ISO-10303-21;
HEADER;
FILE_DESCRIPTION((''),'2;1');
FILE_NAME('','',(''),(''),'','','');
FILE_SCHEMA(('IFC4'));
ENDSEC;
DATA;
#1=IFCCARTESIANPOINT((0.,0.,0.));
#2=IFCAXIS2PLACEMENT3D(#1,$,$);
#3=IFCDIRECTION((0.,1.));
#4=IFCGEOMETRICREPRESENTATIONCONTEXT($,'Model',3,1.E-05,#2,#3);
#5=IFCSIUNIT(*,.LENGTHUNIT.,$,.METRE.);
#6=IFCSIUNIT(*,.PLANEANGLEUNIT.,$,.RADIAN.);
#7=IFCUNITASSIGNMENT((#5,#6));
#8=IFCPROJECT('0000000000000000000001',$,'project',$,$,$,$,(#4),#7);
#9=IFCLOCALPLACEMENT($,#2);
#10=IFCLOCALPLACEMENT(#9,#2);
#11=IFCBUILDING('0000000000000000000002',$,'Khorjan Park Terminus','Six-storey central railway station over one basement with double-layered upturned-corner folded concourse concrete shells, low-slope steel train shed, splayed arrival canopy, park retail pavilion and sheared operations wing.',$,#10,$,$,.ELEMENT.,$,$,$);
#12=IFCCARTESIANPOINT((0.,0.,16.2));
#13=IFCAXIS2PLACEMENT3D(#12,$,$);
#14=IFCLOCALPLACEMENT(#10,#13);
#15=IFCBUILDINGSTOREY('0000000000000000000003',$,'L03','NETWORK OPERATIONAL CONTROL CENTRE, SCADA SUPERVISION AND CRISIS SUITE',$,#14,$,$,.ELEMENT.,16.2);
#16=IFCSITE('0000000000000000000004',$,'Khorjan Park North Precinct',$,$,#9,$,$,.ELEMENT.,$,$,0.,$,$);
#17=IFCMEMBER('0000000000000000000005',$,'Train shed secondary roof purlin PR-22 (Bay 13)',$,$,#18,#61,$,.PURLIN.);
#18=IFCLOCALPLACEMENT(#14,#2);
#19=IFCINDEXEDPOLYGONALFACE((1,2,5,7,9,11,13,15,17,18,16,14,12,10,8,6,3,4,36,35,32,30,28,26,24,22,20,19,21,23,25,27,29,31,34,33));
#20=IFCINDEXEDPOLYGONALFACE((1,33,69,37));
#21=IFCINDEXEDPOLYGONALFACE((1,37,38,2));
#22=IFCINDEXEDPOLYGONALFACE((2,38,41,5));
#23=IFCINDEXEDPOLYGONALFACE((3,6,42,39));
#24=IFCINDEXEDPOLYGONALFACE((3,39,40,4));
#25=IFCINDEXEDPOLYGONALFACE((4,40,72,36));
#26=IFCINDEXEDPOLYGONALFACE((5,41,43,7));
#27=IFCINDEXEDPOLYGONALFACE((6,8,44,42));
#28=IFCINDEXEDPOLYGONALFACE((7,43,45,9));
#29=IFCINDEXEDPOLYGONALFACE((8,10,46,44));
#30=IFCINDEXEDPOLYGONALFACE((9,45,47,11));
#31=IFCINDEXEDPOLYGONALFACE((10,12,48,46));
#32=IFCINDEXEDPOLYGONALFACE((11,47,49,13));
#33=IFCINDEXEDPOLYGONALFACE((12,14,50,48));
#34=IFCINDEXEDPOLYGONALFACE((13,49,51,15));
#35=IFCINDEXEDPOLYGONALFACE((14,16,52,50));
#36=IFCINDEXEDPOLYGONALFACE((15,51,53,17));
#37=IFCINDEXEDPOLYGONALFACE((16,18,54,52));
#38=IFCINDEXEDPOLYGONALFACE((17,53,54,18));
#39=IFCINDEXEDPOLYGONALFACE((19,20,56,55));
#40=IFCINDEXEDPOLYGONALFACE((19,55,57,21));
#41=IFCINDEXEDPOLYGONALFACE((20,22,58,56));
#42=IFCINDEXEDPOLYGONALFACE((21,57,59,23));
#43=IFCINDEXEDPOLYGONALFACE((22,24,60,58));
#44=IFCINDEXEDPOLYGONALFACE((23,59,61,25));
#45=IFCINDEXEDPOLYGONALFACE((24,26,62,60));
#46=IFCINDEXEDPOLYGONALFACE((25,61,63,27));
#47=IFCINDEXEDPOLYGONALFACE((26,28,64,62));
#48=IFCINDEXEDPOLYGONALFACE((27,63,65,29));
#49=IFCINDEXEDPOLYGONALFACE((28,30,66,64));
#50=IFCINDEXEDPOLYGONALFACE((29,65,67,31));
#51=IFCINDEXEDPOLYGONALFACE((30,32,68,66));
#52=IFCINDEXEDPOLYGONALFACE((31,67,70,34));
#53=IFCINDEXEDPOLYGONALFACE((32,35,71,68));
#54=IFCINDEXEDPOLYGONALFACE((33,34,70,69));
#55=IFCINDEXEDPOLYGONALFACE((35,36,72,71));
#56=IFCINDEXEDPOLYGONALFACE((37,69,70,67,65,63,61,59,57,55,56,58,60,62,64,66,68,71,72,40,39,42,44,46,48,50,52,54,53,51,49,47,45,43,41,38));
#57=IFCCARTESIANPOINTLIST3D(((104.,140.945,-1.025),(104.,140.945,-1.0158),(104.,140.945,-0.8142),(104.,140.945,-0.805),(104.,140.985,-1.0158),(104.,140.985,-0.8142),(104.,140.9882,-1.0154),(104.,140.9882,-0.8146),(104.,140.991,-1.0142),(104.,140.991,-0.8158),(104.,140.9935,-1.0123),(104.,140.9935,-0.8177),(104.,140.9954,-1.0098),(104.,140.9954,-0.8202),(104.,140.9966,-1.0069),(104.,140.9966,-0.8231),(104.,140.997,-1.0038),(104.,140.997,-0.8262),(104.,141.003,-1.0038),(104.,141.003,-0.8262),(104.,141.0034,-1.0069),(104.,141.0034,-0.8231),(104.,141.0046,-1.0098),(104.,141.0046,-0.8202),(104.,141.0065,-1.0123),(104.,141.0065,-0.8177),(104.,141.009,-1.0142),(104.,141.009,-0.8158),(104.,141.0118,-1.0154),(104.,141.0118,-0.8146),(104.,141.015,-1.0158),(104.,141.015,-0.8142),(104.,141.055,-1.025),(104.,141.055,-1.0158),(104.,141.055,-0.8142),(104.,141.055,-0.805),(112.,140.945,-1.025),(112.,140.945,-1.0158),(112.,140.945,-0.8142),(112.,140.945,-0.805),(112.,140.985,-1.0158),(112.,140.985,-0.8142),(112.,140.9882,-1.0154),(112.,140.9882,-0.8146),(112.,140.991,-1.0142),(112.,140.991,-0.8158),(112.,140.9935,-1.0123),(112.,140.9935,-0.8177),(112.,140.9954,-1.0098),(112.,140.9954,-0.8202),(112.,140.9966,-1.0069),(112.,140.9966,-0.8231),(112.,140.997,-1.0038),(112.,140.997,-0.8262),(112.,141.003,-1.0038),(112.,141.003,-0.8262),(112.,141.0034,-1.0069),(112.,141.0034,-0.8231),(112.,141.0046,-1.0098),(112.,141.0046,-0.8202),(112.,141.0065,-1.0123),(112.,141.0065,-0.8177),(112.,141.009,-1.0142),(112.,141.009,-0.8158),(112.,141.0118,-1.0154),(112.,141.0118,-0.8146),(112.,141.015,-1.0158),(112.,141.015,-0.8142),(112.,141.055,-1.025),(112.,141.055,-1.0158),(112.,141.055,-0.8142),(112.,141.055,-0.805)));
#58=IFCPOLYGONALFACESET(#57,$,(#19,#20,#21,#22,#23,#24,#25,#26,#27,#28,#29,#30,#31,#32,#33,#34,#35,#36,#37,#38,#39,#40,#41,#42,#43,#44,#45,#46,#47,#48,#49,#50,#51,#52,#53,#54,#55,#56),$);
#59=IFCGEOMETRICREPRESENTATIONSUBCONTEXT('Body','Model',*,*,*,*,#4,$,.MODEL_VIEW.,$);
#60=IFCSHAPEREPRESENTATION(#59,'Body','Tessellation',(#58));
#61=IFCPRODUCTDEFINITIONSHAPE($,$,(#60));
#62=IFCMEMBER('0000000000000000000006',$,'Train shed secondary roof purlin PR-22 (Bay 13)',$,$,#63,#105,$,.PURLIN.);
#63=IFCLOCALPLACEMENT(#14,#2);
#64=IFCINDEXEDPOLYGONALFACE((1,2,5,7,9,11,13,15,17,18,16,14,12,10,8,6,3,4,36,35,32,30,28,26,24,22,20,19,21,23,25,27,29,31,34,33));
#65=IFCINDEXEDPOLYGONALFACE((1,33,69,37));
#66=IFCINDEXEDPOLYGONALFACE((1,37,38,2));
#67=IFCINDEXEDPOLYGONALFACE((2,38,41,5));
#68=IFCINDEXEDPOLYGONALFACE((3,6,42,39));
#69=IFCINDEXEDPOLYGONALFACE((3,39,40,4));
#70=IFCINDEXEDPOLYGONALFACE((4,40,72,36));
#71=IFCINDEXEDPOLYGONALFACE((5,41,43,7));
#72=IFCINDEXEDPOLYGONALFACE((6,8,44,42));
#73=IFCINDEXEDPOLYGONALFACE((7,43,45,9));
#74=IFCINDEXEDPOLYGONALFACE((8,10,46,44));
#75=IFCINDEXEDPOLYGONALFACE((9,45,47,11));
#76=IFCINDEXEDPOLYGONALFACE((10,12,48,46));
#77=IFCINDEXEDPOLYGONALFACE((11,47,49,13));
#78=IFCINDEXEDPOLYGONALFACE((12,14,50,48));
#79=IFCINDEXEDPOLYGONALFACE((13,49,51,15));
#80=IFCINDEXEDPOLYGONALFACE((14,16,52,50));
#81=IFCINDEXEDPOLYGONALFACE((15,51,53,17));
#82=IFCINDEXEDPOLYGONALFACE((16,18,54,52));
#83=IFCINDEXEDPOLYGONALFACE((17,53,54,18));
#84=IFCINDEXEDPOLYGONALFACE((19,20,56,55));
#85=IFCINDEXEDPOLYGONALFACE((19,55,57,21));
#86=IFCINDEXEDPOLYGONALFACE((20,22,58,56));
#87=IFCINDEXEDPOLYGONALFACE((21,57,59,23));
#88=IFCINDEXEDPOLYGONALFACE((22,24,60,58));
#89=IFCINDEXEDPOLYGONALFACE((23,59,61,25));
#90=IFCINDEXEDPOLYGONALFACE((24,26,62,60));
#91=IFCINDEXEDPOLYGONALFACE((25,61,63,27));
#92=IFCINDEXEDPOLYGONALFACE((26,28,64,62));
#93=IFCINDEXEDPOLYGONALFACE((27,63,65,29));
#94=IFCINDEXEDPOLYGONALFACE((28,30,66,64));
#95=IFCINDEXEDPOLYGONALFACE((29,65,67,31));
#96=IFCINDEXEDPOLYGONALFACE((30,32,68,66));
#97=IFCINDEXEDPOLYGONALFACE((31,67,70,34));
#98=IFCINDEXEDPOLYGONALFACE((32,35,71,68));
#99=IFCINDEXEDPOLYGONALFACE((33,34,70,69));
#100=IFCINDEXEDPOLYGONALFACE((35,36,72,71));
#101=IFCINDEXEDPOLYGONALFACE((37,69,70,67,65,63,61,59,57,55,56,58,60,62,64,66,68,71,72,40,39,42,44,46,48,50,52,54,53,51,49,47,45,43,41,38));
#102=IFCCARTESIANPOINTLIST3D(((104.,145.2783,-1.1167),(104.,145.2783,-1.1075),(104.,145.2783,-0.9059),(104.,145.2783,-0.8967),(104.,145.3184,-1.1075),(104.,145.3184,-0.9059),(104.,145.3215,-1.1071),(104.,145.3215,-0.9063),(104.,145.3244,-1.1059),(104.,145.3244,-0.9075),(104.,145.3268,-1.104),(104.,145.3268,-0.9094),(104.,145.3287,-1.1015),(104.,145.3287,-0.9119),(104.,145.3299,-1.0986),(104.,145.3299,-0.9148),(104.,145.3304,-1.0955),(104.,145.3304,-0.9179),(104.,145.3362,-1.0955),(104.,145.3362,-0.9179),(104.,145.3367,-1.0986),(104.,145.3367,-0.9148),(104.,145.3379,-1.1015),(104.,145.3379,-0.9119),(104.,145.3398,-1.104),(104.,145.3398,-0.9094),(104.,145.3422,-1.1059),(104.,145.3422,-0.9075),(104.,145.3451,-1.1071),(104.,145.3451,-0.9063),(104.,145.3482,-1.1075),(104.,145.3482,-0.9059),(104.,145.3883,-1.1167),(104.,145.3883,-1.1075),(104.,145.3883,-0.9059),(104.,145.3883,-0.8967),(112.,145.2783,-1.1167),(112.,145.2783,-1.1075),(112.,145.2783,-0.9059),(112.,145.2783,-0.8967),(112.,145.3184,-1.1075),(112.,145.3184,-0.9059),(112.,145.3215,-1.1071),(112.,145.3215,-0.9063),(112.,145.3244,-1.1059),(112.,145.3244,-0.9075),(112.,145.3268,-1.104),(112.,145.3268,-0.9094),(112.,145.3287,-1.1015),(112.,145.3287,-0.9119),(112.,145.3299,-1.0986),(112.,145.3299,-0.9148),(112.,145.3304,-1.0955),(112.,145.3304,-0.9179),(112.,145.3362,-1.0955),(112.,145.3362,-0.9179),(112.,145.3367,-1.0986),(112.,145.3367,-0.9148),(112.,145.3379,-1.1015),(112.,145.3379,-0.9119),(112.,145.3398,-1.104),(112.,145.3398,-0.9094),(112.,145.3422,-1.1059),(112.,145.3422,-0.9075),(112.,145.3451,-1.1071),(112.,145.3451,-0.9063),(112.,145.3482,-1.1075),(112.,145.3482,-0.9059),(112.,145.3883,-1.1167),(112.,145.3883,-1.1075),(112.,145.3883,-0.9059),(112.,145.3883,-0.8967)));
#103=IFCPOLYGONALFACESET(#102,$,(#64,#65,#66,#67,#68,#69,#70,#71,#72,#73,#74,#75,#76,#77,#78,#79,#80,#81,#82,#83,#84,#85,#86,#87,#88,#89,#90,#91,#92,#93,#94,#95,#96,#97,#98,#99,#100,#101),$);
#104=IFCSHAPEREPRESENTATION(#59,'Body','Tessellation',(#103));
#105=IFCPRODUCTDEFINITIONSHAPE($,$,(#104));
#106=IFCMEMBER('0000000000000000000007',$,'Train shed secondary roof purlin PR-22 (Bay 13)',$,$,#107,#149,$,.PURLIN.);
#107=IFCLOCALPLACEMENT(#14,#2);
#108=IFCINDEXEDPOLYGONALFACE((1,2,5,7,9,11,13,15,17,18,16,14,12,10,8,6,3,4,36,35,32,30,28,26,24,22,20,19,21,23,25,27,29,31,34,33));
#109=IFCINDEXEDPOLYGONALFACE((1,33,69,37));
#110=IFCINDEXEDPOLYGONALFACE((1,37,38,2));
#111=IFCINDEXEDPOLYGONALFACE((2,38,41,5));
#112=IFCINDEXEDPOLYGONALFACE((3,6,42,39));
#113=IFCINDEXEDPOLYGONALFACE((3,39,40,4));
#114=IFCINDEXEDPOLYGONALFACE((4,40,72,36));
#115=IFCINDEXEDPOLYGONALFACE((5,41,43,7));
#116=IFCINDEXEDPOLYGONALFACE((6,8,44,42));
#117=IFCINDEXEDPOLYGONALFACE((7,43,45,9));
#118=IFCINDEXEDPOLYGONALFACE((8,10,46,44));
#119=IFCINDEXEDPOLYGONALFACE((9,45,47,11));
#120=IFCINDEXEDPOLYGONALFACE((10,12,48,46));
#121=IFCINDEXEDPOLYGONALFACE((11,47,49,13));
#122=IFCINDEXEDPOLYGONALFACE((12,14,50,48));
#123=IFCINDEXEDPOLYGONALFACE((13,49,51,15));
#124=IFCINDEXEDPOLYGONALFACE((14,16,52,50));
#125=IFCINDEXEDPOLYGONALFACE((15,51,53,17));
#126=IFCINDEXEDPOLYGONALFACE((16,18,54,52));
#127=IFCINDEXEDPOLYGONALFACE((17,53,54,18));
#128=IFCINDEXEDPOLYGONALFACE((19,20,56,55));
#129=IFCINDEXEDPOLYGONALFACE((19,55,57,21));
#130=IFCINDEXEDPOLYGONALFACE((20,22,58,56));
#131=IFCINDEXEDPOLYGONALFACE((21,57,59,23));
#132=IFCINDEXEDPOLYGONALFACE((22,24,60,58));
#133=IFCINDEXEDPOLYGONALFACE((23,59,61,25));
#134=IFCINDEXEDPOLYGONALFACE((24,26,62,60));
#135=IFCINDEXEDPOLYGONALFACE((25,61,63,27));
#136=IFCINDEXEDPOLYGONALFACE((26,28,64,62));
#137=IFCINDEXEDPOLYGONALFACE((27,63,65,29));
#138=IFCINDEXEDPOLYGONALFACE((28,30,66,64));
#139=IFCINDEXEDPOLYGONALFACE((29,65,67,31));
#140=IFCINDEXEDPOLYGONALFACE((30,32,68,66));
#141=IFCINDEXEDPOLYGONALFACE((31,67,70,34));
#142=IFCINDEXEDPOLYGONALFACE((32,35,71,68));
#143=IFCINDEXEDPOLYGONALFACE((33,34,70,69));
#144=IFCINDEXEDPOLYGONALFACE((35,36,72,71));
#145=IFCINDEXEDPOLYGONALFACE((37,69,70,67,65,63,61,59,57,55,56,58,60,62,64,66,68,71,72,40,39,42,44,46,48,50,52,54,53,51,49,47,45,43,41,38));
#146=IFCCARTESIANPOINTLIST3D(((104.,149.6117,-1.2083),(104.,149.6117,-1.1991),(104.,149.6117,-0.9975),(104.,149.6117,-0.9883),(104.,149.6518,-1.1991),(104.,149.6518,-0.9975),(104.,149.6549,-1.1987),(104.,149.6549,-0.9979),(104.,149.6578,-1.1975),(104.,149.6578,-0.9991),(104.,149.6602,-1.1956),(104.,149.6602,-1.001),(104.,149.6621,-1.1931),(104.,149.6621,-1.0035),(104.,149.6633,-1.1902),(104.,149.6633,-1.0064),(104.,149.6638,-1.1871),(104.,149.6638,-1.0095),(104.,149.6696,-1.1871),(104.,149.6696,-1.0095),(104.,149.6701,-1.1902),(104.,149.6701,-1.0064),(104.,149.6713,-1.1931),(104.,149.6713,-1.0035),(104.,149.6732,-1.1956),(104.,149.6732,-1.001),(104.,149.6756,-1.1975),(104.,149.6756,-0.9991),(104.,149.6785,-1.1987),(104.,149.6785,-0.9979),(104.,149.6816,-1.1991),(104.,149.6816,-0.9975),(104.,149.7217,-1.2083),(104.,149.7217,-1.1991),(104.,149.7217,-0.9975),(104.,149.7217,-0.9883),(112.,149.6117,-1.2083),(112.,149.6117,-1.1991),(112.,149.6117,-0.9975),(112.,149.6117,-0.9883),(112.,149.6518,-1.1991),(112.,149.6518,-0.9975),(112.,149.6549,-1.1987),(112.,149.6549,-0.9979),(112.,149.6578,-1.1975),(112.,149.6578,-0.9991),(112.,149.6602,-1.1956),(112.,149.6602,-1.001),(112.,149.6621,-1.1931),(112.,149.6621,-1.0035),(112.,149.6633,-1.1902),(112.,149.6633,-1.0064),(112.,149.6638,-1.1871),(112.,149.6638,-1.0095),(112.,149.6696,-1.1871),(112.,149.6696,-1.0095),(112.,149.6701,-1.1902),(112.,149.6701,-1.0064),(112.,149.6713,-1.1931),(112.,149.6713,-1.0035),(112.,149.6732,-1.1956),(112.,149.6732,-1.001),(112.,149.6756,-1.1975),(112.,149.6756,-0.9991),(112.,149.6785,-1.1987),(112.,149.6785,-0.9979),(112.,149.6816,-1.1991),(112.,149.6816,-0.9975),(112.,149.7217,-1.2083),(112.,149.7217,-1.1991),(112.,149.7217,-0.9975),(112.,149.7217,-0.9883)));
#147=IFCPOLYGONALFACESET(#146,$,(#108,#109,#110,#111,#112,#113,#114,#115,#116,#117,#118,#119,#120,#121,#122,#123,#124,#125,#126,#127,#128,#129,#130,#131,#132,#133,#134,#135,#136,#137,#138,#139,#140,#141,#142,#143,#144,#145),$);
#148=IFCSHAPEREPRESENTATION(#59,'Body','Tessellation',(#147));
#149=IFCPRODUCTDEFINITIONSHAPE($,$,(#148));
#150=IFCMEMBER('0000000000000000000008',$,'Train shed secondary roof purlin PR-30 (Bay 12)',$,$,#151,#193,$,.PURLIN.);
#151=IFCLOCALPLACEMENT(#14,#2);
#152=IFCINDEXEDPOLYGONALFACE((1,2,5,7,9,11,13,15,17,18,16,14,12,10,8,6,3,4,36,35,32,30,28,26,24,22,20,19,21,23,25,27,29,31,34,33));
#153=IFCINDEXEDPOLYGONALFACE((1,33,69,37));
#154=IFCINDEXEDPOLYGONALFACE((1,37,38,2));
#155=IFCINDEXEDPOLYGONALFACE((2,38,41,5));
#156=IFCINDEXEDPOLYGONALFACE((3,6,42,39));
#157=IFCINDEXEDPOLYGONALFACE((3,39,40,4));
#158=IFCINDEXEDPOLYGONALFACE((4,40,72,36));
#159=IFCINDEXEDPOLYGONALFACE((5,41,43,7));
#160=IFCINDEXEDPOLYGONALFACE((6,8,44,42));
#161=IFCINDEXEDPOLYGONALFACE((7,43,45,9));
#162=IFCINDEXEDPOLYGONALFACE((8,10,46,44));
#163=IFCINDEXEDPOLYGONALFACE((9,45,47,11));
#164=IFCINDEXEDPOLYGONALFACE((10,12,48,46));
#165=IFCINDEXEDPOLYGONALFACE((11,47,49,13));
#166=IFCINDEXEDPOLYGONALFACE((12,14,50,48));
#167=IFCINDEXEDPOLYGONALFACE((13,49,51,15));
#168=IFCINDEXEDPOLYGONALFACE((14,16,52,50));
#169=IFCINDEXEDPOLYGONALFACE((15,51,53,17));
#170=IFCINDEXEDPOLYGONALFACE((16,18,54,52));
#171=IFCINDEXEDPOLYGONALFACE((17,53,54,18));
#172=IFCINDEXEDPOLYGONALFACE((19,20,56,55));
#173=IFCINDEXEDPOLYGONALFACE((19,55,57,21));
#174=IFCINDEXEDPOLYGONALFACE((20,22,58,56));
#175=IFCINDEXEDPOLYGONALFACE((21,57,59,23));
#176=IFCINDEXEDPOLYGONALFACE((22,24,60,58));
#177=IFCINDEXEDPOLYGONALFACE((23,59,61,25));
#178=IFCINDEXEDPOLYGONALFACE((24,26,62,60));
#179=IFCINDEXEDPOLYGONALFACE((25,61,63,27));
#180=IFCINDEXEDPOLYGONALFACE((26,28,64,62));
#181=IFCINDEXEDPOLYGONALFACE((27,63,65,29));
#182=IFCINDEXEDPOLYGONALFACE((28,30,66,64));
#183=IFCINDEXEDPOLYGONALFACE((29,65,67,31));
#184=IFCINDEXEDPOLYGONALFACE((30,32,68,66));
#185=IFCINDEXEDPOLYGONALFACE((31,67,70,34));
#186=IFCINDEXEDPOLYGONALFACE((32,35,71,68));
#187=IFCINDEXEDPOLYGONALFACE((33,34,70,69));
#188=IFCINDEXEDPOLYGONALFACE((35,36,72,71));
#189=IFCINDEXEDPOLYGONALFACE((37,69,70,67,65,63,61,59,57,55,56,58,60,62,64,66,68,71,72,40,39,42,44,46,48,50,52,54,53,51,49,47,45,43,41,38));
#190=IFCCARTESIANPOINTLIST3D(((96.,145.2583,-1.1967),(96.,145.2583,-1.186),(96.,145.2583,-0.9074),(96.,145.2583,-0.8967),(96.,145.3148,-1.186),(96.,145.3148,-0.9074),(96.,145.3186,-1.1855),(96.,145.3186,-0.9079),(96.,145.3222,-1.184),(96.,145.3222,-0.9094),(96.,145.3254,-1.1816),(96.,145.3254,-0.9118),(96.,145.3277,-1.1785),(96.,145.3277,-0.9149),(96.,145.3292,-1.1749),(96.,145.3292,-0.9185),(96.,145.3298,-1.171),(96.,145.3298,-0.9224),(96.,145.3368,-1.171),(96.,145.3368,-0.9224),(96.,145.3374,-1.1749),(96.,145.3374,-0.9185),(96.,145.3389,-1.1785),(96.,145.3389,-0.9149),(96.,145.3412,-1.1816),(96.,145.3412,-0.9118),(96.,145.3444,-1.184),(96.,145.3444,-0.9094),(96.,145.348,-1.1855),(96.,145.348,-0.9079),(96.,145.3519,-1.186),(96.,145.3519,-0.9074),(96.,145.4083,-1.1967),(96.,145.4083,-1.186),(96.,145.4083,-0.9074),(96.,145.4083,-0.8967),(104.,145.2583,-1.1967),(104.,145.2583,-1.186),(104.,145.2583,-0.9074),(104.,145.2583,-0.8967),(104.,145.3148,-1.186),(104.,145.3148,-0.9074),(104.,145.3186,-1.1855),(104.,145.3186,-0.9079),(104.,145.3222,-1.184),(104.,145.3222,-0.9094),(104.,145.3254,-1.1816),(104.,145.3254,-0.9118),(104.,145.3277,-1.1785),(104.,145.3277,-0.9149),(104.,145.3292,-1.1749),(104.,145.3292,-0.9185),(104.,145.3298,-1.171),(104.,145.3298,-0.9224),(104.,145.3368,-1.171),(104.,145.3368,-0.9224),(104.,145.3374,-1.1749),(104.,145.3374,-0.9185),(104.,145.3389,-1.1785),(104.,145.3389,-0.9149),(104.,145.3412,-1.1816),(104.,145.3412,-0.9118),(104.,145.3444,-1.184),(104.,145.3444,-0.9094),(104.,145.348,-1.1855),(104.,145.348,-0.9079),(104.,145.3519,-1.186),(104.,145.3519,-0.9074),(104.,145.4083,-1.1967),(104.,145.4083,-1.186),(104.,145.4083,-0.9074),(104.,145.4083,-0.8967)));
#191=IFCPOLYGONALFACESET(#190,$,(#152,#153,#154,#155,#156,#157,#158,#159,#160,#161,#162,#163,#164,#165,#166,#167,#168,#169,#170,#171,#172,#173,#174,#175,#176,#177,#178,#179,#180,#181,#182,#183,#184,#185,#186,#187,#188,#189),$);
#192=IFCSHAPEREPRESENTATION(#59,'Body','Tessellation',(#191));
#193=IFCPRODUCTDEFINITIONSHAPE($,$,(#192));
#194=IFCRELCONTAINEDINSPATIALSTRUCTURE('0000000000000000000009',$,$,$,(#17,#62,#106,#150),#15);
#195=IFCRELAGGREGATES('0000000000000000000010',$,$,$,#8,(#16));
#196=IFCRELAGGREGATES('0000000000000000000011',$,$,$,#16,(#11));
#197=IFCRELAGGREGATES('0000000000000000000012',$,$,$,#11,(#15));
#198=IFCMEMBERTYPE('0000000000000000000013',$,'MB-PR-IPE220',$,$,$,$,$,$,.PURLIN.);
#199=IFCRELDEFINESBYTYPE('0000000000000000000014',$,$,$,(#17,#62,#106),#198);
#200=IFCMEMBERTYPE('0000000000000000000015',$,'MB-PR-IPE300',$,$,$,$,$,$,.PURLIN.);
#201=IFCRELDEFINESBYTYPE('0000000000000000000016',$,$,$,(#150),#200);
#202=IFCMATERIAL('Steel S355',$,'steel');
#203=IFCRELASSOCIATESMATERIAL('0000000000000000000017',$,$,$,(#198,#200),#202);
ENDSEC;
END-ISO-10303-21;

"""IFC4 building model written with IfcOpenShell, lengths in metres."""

from ifc_helpers import new_model, si_unit, direction, frame, origin, origin_2d, place, context, subcontext, project, spatial, i_section, extrude, material, material_profile, profile_set, type_object, element, save


model = new_model("IFC4")

# Units and contexts
model_context = context("Model", 3, precision=1e-05, world=origin(), true_north=direction((0.0, 1.0)))
body_context = subcontext(model_context, "Body", "Model", "MODEL_VIEW")
ifc_project = project(units=[si_unit("LENGTHUNIT", "METRE"), si_unit("PLANEANGLEUNIT", "RADIAN")], contexts=[model_context])

# Site, building, storey
site_placement = place(None, origin())
site = spatial("IfcSite", under=ifc_project, at=site_placement, Name="Khorjan Park North Precinct", CompositionType="ELEMENT", RefElevation=0.0)
building_placement = place(site_placement, origin())
building = spatial("IfcBuilding", under=site, at=building_placement, Name="Khorjan Park Terminus", Description="Six-storey central railway station over one basement with double-layered upturned-corner folded concourse concrete shells, low-slope steel train shed, splayed arrival canopy, park retail pavilion and sheared operations wing.", CompositionType="ELEMENT")
storey_placement = place(building_placement, frame((0.0, 0.0, 16.2)))
storey = spatial("IfcBuildingStorey", under=building, at=storey_placement, Name="L03", Description="NETWORK OPERATIONAL CONTROL CENTRE, SCADA SUPERVISION AND CRISIS SUITE", CompositionType="ELEMENT", Elevation=16.2)

# Members
ifc_material = material(Name="Steel S355", Category="steel")
ifc_material_profile_1 = material_profile(ifc_material, i_section(OverallWidth=0.11, OverallDepth=0.22, WebThickness=0.0059, FlangeThickness=0.0092, FilletRadius=0.012, at=origin_2d()), Name="IPE 220")
ifc_profile_set_1 = profile_set([ifc_material_profile_1], Name="Steel S355")
member_type_1 = type_object("IfcMemberType", Name="MB-PR-IPE220", PredefinedType="PURLIN", material=ifc_profile_set_1)
for number, where, z_axis, x_axis, name in (
    (1, (104.0, 141.0, -0.915), (1.0, 0.0, 0.0), (0.0, 1.0, 0.0), "Train shed secondary roof purlin PR-22 (Bay 13)"),
    (2, (104.0, 145.3333, -1.0067), (1.0, 0.0, 0.0), (0.0, 1.0, 0.0), "Train shed secondary roof purlin PR-22 (Bay 13)"),
    (3, (104.0, 149.6667, -1.0983), (1.0, 0.0, 0.0), (0.0, 1.0, 0.0), "Train shed secondary roof purlin PR-22 (Bay 13)"),
):
    element("IfcMember", number, at=place(storey_placement, frame(where, z_axis=z_axis, x_axis=x_axis)), inside=storey, type_object=member_type_1, Name=name, PredefinedType="PURLIN", context=body_context, shape_type="SweptSolid", body=[
        extrude(i_section(OverallWidth=0.11, OverallDepth=0.22, WebThickness=0.0059, FlangeThickness=0.0092, FilletRadius=0.012, at=origin_2d()), origin(), (0.0, 0.0, 1.0), 8.0),
    ])
ifc_material_profile_2 = material_profile(ifc_material, i_section(OverallWidth=0.15, OverallDepth=0.3, WebThickness=0.0071, FlangeThickness=0.0107, FilletRadius=0.015, at=origin_2d()), Name="IPE 300")
ifc_profile_set_2 = profile_set([ifc_material_profile_2], Name="Steel S355")
member_type_2 = type_object("IfcMemberType", Name="MB-PR-IPE300", PredefinedType="PURLIN", material=ifc_profile_set_2)
for number, where, z_axis, x_axis, name in (
    (4, (96.0, 145.3333, -1.0467), (1.0, 0.0, 0.0), (0.0, 1.0, 0.0), "Train shed secondary roof purlin PR-30 (Bay 12)"),
):
    element("IfcMember", number, at=place(storey_placement, frame(where, z_axis=z_axis, x_axis=x_axis)), inside=storey, type_object=member_type_2, Name=name, PredefinedType="PURLIN", context=body_context, shape_type="SweptSolid", body=[
        extrude(i_section(OverallWidth=0.15, OverallDepth=0.3, WebThickness=0.0071, FlangeThickness=0.0107, FilletRadius=0.015, at=origin_2d()), origin(), (0.0, 0.0, 1.0), 8.0),
    ])

save(model, "model.ifc")
